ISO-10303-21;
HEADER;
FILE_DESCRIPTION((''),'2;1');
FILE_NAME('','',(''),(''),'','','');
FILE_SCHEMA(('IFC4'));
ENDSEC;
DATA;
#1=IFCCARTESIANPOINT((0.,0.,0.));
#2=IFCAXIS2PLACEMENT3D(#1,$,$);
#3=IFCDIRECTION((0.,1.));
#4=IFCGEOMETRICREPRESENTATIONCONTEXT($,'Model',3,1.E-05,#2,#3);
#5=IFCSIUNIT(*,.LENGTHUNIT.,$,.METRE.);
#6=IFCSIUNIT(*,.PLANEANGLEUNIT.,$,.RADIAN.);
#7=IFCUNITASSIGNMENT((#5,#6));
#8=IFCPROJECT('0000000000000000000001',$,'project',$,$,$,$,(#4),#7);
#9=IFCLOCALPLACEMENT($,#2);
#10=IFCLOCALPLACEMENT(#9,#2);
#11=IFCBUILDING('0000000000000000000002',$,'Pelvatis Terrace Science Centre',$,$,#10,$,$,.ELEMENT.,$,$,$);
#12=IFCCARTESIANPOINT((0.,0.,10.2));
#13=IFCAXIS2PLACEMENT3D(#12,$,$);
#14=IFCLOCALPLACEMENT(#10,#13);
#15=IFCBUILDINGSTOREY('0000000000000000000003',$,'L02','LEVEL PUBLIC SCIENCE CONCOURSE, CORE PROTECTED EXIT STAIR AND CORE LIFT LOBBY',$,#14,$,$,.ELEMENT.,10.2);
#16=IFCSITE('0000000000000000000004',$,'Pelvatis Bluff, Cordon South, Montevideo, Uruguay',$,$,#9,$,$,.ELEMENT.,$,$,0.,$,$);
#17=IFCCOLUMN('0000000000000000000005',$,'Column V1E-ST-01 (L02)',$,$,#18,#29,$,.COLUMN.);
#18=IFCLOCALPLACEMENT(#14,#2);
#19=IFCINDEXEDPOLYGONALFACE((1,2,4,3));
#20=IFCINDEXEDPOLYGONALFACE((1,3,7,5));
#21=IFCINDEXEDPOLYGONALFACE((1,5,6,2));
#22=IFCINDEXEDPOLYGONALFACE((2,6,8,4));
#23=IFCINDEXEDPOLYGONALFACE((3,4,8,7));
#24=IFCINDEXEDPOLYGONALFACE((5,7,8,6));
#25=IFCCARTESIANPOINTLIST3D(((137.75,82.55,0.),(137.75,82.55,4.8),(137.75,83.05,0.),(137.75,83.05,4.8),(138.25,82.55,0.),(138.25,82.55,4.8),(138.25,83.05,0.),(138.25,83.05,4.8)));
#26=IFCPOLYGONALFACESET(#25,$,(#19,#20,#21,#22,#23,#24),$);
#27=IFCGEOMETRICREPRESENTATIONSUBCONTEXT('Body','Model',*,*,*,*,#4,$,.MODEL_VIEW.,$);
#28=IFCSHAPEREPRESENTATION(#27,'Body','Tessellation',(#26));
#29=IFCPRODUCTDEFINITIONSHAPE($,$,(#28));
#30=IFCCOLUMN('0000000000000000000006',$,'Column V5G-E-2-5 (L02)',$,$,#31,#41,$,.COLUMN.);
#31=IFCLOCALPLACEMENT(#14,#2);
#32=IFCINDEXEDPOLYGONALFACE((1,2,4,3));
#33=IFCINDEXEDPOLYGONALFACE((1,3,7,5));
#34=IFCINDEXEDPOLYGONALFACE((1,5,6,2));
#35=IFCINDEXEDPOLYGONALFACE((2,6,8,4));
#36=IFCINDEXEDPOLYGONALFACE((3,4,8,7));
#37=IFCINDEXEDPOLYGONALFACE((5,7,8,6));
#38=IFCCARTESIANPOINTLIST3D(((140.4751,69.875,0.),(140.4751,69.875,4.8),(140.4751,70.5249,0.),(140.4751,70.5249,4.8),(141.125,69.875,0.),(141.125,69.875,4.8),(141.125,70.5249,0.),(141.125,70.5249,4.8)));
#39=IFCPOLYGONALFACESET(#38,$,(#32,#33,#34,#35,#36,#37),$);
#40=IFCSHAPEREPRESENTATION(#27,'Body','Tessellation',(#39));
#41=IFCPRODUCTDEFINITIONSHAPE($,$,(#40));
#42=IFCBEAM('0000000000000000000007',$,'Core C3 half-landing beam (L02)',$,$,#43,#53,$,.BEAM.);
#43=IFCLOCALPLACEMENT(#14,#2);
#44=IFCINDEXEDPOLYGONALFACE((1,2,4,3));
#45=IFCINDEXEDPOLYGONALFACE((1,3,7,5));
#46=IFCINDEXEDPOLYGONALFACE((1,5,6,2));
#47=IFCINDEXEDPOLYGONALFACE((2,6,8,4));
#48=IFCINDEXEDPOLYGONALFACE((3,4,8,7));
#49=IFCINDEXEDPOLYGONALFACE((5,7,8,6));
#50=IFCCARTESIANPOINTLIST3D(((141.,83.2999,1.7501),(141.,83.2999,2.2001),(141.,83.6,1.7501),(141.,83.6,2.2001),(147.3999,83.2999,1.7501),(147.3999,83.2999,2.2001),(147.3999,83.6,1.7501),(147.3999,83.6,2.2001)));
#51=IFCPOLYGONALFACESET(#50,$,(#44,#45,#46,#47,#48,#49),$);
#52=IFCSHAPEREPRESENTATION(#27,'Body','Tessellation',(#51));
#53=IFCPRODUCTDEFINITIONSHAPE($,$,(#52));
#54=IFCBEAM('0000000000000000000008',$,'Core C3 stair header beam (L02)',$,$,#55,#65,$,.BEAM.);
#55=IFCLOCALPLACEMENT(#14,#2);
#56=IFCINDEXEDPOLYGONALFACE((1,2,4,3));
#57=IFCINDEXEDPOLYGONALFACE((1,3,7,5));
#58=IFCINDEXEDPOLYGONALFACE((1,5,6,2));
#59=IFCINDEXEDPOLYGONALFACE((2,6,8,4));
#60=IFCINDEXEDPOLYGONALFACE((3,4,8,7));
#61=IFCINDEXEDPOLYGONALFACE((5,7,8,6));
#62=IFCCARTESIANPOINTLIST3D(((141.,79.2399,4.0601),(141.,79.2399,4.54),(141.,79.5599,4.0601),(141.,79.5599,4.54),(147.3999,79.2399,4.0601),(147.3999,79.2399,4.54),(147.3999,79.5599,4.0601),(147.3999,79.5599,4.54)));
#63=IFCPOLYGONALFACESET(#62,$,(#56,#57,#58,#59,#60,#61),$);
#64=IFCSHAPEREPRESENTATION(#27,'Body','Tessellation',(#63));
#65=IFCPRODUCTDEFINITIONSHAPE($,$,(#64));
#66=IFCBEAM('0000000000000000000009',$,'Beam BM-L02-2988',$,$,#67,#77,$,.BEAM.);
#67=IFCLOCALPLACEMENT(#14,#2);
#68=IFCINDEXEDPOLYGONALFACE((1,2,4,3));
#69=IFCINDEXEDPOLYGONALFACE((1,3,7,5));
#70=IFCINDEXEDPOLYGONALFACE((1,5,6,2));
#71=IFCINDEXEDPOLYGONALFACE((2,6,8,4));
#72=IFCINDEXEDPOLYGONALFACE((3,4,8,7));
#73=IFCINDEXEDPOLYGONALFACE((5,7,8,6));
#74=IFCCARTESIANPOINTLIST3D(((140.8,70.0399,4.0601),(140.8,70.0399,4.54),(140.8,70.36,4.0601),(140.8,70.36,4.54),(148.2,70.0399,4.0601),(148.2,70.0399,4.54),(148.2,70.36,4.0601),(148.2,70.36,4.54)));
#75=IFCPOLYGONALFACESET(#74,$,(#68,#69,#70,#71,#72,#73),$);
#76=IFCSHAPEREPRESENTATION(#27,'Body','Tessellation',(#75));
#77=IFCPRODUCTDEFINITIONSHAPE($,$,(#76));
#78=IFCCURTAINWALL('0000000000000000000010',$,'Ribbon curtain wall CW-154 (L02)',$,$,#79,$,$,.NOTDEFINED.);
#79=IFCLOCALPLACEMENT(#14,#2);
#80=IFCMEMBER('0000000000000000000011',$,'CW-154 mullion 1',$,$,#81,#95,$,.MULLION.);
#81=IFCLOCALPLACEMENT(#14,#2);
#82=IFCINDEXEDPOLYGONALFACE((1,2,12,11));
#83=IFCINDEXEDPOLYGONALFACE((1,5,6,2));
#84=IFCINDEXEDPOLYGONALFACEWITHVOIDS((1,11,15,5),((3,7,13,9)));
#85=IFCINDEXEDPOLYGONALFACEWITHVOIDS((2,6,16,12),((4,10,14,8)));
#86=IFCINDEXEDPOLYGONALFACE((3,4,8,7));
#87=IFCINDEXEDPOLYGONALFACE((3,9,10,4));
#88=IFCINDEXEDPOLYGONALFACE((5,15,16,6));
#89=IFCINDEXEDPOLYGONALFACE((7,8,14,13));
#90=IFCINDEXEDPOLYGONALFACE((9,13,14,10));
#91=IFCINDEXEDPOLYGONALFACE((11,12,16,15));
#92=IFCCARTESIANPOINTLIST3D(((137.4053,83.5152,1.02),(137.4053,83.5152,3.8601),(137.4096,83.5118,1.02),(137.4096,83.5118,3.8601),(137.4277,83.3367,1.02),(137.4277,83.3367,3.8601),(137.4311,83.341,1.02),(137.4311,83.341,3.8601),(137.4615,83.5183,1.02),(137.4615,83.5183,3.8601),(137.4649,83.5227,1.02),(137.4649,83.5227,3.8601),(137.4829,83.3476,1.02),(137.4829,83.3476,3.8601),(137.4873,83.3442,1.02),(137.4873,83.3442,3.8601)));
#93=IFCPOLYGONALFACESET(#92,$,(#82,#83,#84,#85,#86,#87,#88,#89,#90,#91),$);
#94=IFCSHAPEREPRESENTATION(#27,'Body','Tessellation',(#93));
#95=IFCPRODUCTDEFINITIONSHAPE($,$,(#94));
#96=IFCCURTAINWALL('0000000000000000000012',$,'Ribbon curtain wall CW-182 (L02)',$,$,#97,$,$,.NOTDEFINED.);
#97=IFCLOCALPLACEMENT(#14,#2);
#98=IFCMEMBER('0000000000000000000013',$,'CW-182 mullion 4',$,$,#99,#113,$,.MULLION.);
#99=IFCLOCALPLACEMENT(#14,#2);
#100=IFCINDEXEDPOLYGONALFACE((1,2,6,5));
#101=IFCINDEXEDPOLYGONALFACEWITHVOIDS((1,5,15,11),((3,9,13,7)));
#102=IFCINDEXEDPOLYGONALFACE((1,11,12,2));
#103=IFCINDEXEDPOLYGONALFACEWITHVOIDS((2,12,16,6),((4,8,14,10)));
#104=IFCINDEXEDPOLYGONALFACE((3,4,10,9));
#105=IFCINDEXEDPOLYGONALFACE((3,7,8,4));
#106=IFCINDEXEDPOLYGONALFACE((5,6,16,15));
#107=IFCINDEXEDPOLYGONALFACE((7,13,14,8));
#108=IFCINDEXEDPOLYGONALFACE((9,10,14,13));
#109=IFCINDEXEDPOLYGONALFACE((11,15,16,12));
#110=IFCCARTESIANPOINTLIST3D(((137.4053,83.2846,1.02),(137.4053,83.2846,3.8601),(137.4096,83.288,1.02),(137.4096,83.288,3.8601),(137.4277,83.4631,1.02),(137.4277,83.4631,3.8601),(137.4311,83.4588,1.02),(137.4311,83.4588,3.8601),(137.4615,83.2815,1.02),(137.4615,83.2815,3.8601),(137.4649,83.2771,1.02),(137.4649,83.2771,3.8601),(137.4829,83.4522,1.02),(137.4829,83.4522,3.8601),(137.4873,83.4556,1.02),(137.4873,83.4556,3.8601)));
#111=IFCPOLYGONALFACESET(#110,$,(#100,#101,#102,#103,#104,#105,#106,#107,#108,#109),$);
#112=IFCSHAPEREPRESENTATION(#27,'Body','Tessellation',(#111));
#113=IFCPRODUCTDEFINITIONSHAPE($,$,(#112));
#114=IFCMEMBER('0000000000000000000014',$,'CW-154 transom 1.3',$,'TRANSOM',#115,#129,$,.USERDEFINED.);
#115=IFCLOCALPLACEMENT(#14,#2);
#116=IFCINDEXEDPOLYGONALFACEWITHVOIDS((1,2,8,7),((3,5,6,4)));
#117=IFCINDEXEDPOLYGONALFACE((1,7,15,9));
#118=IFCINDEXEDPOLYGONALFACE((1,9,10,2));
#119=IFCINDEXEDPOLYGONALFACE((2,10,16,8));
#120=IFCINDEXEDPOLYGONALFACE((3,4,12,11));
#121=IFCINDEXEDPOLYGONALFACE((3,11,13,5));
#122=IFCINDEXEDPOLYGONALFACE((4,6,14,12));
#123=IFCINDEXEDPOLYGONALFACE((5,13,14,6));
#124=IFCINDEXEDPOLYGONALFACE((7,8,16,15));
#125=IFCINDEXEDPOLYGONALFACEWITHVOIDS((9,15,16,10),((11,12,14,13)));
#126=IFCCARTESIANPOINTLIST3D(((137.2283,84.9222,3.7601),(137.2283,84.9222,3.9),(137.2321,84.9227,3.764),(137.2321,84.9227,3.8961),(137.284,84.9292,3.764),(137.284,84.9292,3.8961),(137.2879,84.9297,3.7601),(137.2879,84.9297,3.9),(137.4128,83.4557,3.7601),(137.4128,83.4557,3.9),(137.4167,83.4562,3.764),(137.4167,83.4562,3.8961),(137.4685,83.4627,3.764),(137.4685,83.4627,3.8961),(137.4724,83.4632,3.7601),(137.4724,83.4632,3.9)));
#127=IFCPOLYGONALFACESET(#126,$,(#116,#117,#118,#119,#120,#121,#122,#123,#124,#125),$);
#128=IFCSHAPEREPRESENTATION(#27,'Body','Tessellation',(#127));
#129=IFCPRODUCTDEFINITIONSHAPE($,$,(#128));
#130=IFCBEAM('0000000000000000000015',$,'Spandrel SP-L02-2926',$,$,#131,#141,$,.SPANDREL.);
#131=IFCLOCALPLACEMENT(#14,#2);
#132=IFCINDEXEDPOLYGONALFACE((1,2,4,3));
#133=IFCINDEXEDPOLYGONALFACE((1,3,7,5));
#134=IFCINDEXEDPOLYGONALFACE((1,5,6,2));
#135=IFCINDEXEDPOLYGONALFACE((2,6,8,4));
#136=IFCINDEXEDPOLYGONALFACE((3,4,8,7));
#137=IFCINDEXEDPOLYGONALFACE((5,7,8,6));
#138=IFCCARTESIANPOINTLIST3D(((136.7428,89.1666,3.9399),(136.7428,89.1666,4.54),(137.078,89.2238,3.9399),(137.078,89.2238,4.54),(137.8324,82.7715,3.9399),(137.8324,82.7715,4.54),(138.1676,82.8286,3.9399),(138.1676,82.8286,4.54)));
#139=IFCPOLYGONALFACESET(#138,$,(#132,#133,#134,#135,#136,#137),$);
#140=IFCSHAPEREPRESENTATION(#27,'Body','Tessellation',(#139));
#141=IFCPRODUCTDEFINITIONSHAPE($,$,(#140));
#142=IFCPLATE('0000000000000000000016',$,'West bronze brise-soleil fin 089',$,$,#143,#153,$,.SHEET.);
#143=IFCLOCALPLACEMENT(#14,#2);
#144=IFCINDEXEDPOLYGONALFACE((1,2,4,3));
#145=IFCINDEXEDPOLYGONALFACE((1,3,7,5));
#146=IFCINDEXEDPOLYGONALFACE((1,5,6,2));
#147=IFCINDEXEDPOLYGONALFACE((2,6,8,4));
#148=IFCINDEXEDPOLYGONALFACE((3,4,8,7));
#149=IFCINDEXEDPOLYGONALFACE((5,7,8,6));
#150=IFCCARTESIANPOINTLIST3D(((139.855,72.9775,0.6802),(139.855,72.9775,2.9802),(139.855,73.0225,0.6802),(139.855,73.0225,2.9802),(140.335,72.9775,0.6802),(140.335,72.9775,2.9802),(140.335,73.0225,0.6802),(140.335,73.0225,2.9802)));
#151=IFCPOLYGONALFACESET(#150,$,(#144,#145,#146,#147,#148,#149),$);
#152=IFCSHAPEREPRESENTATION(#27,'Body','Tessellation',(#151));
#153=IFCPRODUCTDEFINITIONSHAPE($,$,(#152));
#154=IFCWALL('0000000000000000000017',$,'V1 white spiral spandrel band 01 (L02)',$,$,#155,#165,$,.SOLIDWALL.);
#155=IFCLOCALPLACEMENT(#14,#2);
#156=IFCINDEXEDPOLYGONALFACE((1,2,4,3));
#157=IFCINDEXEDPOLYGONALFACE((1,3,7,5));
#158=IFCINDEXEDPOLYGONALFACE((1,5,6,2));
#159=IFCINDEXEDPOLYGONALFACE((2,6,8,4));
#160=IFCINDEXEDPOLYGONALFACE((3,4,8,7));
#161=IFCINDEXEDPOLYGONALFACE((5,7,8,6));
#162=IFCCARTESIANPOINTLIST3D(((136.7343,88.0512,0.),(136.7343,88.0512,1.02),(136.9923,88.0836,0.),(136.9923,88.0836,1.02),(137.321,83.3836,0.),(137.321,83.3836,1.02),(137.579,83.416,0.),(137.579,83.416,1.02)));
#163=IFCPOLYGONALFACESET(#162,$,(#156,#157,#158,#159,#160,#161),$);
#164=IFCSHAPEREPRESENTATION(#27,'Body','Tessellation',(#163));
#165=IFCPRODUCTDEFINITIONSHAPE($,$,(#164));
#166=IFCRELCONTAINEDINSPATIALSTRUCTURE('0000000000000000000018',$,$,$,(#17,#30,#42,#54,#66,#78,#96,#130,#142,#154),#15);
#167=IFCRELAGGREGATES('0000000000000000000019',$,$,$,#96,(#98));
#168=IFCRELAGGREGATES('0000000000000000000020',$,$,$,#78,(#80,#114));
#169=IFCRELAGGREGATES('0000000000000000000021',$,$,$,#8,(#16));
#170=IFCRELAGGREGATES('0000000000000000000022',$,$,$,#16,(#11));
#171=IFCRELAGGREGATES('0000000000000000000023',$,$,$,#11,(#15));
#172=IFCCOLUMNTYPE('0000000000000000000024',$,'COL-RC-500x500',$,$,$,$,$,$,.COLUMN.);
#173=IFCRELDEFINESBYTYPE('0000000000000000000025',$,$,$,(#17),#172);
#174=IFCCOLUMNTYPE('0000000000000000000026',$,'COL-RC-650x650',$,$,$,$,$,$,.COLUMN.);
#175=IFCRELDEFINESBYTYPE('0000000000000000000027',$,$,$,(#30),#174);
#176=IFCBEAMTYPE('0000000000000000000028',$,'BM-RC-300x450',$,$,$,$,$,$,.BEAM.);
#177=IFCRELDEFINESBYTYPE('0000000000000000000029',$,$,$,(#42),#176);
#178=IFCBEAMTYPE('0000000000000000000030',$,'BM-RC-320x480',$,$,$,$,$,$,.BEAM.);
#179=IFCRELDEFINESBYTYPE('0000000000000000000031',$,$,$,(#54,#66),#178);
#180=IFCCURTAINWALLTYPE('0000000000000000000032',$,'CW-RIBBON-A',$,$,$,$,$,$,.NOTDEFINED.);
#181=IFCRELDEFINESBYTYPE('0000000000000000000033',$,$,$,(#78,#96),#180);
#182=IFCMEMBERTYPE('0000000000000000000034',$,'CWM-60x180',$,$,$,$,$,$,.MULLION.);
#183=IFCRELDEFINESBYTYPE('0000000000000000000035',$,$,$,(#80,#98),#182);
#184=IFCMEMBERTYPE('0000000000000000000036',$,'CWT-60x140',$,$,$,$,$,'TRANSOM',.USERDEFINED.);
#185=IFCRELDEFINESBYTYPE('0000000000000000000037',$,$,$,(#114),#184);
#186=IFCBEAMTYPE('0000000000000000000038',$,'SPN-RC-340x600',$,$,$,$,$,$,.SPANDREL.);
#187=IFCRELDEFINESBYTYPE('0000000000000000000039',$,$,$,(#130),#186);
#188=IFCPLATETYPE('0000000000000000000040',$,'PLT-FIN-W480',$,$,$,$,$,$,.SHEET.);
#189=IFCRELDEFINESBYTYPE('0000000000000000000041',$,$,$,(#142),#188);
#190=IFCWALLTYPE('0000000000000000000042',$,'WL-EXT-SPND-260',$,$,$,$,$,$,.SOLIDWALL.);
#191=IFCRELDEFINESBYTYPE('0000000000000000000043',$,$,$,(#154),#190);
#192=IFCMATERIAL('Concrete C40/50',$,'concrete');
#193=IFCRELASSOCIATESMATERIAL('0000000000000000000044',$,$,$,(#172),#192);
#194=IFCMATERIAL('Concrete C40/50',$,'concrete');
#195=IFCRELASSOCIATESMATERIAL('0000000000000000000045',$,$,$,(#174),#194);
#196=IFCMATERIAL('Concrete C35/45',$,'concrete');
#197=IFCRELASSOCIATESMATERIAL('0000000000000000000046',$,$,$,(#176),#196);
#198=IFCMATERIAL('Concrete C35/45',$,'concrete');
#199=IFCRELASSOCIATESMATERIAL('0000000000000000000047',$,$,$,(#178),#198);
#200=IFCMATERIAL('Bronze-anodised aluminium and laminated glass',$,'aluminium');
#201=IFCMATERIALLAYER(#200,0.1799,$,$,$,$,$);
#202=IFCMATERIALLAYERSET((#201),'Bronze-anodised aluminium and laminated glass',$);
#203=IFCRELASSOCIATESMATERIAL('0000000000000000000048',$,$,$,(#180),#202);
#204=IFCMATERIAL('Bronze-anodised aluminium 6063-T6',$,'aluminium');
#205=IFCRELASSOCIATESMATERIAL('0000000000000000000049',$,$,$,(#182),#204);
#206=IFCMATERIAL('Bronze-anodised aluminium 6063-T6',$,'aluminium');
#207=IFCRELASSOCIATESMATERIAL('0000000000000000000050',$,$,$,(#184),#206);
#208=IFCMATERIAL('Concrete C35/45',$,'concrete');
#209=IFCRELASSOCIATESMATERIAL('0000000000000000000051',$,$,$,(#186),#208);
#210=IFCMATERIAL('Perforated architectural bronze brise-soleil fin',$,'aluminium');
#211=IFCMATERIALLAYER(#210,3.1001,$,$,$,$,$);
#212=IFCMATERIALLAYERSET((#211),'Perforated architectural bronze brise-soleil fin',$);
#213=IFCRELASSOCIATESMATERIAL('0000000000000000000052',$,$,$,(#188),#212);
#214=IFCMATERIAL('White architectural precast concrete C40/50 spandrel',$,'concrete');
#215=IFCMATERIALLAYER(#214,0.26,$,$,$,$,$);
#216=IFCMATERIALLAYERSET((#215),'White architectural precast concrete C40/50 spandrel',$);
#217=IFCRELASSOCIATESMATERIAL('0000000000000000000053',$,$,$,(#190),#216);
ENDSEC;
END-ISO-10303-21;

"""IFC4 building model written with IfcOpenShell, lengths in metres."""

from ifc_helpers import new_model, si_unit, direction, frame, frame_2d, origin, origin_2d, place, context, subcontext, project, spatial, rectangle, hollow_rectangle, extrude, material, layer, layer_set, material_profile, profile_set, type_object, element, aggregate, save


model = new_model("IFC4")

# Units and contexts
model_context = context("Model", 3, precision=1e-05, world=origin(), true_north=direction((0.0, 1.0)))
body_context = subcontext(model_context, "Body", "Model", "MODEL_VIEW")
ifc_project = project(units=[si_unit("LENGTHUNIT", "METRE"), si_unit("PLANEANGLEUNIT", "RADIAN")], contexts=[model_context])

# Site, building, storey
site_placement = place(None, origin())
site = spatial("IfcSite", under=ifc_project, at=site_placement, Name="Pelvatis Bluff, Cordon South, Montevideo, Uruguay", CompositionType="ELEMENT", RefElevation=0.0)
building_placement = place(site_placement, origin())
building = spatial("IfcBuilding", under=site, at=building_placement, Name="Pelvatis Terrace Science Centre", CompositionType="ELEMENT")
storey_placement = place(building_placement, frame((0.0, 0.0, 10.2)))
storey = spatial("IfcBuildingStorey", under=building, at=storey_placement, Name="L02", Description="LEVEL PUBLIC SCIENCE CONCOURSE, CORE PROTECTED EXIT STAIR AND CORE LIFT LOBBY", CompositionType="ELEMENT", Elevation=10.2)

# Columns
ifc_material_1 = material(Name="Concrete C40/50", Category="concrete")
ifc_material_profile_1 = material_profile(ifc_material_1, rectangle(XDim=0.5, YDim=0.5, at=origin_2d()), Name="RC-COL 500x500")
ifc_profile_set_1 = profile_set([ifc_material_profile_1], Name="Concrete C40/50")
column_type_1 = type_object("IfcColumnType", Name="COL-RC-500x500", PredefinedType="COLUMN", material=ifc_profile_set_1)
column_1_placement = place(storey_placement, frame((138.0, 82.8, 0.0), z_axis=(0.0, 0.0, 1.0), x_axis=(1.0, 0.0, 0.0)))
element("IfcColumn", 1, at=column_1_placement, inside=storey, type_object=column_type_1, Name="Column V1E-ST-01 (L02)", PredefinedType="COLUMN", context=body_context, shape_type="SweptSolid", body=[
    extrude(rectangle(XDim=0.5, YDim=0.5, at=origin_2d()), origin(), (0.0, 0.0, 1.0), 4.8),
])
ifc_material_2 = material(Name="Concrete C40/50", Category="concrete")
ifc_material_profile_2 = material_profile(ifc_material_2, rectangle(XDim=0.6499, YDim=0.6499, at=origin_2d()), Name="RC-COL 650x650")
ifc_profile_set_2 = profile_set([ifc_material_profile_2], Name="Concrete C40/50")
column_type_2 = type_object("IfcColumnType", Name="COL-RC-650x650", PredefinedType="COLUMN", material=ifc_profile_set_2)
column_2_placement = place(storey_placement, frame((140.8, 70.2, 0.0), z_axis=(0.0, 0.0, 1.0), x_axis=(1.0, 0.0, 0.0)))
element("IfcColumn", 2, at=column_2_placement, inside=storey, type_object=column_type_2, Name="Column V5G-E-2-5 (L02)", PredefinedType="COLUMN", context=body_context, shape_type="SweptSolid", body=[
    extrude(rectangle(XDim=0.6499, YDim=0.6499, at=origin_2d()), origin(), (0.0, 0.0, 1.0), 4.8),
])

# Beams
ifc_material_3 = material(Name="Concrete C35/45", Category="concrete")
ifc_material_profile_3 = material_profile(ifc_material_3, rectangle(XDim=0.3, YDim=0.45, at=origin_2d()), Name="RC-BM 300x450")
ifc_profile_set_3 = profile_set([ifc_material_profile_3], Name="Concrete C35/45")
beam_type_1 = type_object("IfcBeamType", Name="BM-RC-300x450", PredefinedType="BEAM", material=ifc_profile_set_3)
beam_1_placement = place(storey_placement, frame((141.0, 83.45, 1.9751), z_axis=(1.0, 0.0, 0.0), x_axis=(0.0, 1.0, 0.0)))
element("IfcBeam", 3, at=beam_1_placement, inside=storey, type_object=beam_type_1, Name="Core C3 half-landing beam (L02)", PredefinedType="BEAM", context=body_context, shape_type="SweptSolid", body=[
    extrude(rectangle(XDim=0.3, YDim=0.45, at=origin_2d()), origin(), (0.0, 0.0, 1.0), 6.3999),
])
ifc_material_4 = material(Name="Concrete C35/45", Category="concrete")
ifc_material_profile_4 = material_profile(ifc_material_4, rectangle(XDim=0.3201, YDim=0.48, at=origin_2d()), Name="RC-BM 320x480")
ifc_profile_set_4 = profile_set([ifc_material_profile_4], Name="Concrete C35/45")
beam_type_2 = type_object("IfcBeamType", Name="BM-RC-320x480", PredefinedType="BEAM", material=ifc_profile_set_4)
beam_2_placement = place(storey_placement, frame((141.0, 79.3999, 4.3), z_axis=(1.0, 0.0, 0.0), x_axis=(0.0, 1.0, 0.0)))
element("IfcBeam", 4, at=beam_2_placement, inside=storey, type_object=beam_type_2, Name="Core C3 stair header beam (L02)", PredefinedType="BEAM", context=body_context, shape_type="SweptSolid", body=[
    extrude(rectangle(XDim=0.3201, YDim=0.48, at=origin_2d()), origin(), (0.0, 0.0, 1.0), 6.3999),
])
beam_3_placement = place(storey_placement, frame((140.8, 70.2, 4.3), z_axis=(1.0, 0.0, 0.0), x_axis=(0.0, 1.0, 0.0)))
element("IfcBeam", 5, at=beam_3_placement, inside=storey, type_object=beam_type_2, Name="Beam BM-L02-2988", PredefinedType="BEAM", context=body_context, shape_type="SweptSolid", body=[
    extrude(rectangle(XDim=0.3201, YDim=0.48, at=origin_2d()), origin(), (0.0, 0.0, 1.0), 7.3999),
])

# Curtain walls, members
ifc_material_5 = material(Name="Bronze-anodised aluminium and laminated glass", Category="aluminium")
ifc_layer_1 = layer(ifc_material_5, 0.1799)
ifc_layer_set_1 = layer_set([ifc_layer_1], Name="Bronze-anodised aluminium and laminated glass")
curtain_wall_type = type_object("IfcCurtainWallType", Name="CW-RIBBON-A", PredefinedType="NOTDEFINED", material=ifc_layer_set_1)
curtain_wall_1_placement = place(storey_placement, origin())
curtain_wall_1 = element("IfcCurtainWall", 6, at=curtain_wall_1_placement, inside=storey, type_object=curtain_wall_type, Name="Ribbon curtain wall CW-154 (L02)", PredefinedType="NOTDEFINED")
ifc_material_6 = material(Name="Bronze-anodised aluminium 6063-T6", Category="aluminium")
ifc_material_profile_5 = material_profile(ifc_material_6, hollow_rectangle(XDim=0.0601, YDim=0.1799, WallThickness=0.0039, at=origin_2d()), Name="ALU-MUL 60x180")
ifc_profile_set_5 = profile_set([ifc_material_profile_5], Name="Bronze-anodised aluminium 6063-T6")
member_type_1 = type_object("IfcMemberType", Name="CWM-60x180", PredefinedType="MULLION", material=ifc_profile_set_5)
member_1_placement = place(storey_placement, frame((137.4463, 83.4297, 1.02), z_axis=(0.0, 0.0, 1.0), x_axis=(-0.992193, -0.124715, 0.0)))
member_1 = element("IfcMember", 7, at=member_1_placement, type_object=member_type_1, Name="CW-154 mullion 1", PredefinedType="MULLION", context=body_context, shape_type="SweptSolid", body=[
    extrude(hollow_rectangle(XDim=0.0601, YDim=0.1799, WallThickness=0.0039, at=origin_2d()), origin(), (0.0, 0.0, 1.0), 2.8401),
])
curtain_wall_2_placement = place(storey_placement, origin())
curtain_wall_2 = element("IfcCurtainWall", 8, at=curtain_wall_2_placement, inside=storey, type_object=curtain_wall_type, Name="Ribbon curtain wall CW-182 (L02)", PredefinedType="NOTDEFINED")
member_2_placement = place(storey_placement, frame((137.4463, 83.3701, 1.02), z_axis=(0.0, 0.0, 1.0), x_axis=(-0.992193, 0.124715, 0.0)))
member_2 = element("IfcMember", 9, at=member_2_placement, type_object=member_type_1, Name="CW-182 mullion 4", PredefinedType="MULLION", context=body_context, shape_type="SweptSolid", body=[
    extrude(hollow_rectangle(XDim=0.0601, YDim=0.1799, WallThickness=0.0039, at=origin_2d()), origin(), (0.0, 0.0, 1.0), 2.8401),
])
aggregate(curtain_wall_2, [member_2])

# Member
ifc_material_7 = material(Name="Bronze-anodised aluminium 6063-T6", Category="aluminium")
ifc_material_profile_6 = material_profile(ifc_material_7, hollow_rectangle(XDim=0.0601, YDim=0.1399, WallThickness=0.0039, at=origin_2d()), Name="ALU-TRN 60x140")
ifc_profile_set_6 = profile_set([ifc_material_profile_6], Name="Bronze-anodised aluminium 6063-T6")
member_type_2 = type_object("IfcMemberType", Name="CWT-60x140", ElementType="TRANSOM", PredefinedType="USERDEFINED", material=ifc_profile_set_6)
member_3_placement = place(storey_placement, frame((137.4426, 83.4595, 3.8301), z_axis=(-0.124868, 0.992173, 0.0), x_axis=(-0.992173, -0.124868, 0.0)))
member_3 = element("IfcMember", 10, at=member_3_placement, type_object=member_type_2, Name="CW-154 transom 1.3", ObjectType="TRANSOM", PredefinedType="USERDEFINED", context=body_context, shape_type="SweptSolid", body=[
    extrude(hollow_rectangle(XDim=0.0601, YDim=0.1399, WallThickness=0.0039, at=origin_2d()), origin(), (0.0, 0.0, 1.0), 1.478),
])
aggregate(curtain_wall_1, [member_1, member_3])

# Beam
ifc_material_8 = material(Name="Concrete C35/45", Category="concrete")
ifc_material_profile_7 = material_profile(ifc_material_8, rectangle(XDim=0.3401, YDim=0.6001, at=origin_2d()), Name="RC-SPN 340x600")
ifc_profile_set_7 = profile_set([ifc_material_profile_7], Name="Concrete C35/45")
beam_type_3 = type_object("IfcBeamType", Name="SPN-RC-340x600", PredefinedType="SPANDREL", material=ifc_profile_set_7)
beam_4_placement = place(storey_placement, frame((138.0, 82.8, 4.24), z_axis=(-0.167956, 0.985795, 0.0), x_axis=(-0.985795, -0.167956, 0.0)))
element("IfcBeam", 11, at=beam_4_placement, inside=storey, type_object=beam_type_3, Name="Spandrel SP-L02-2926", PredefinedType="SPANDREL", context=body_context, shape_type="SweptSolid", body=[
    extrude(rectangle(XDim=0.3401, YDim=0.6001, at=origin_2d()), origin(), (0.0, 0.0, 1.0), 6.4873),
])

# Plate
ifc_material_9 = material(Name="Perforated architectural bronze brise-soleil fin", Category="aluminium")
ifc_layer_2 = layer(ifc_material_9, 3.1001)
ifc_layer_set_2 = layer_set([ifc_layer_2], Name="Perforated architectural bronze brise-soleil fin")
plate_type = type_object("IfcPlateType", Name="PLT-FIN-W480", PredefinedType="SHEET", material=ifc_layer_set_2)
plate_placement = place(storey_placement, frame((140.095, 73.0, 0.6802), z_axis=(0.0, 0.0, 1.0), x_axis=(1.0, 0.0, 0.0)))
element("IfcPlate", 12, at=plate_placement, inside=storey, type_object=plate_type, Name="West bronze brise-soleil fin 089", PredefinedType="SHEET", context=body_context, shape_type="SweptSolid", body=[
    extrude(rectangle(XDim=0.48, YDim=0.0449, at=origin_2d()), origin(), (0.0, 0.0, 1.0), 2.3),
])

# Wall
ifc_material_10 = material(Name="White architectural precast concrete C40/50 spandrel", Category="concrete")
ifc_layer_3 = layer(ifc_material_10, 0.26)
ifc_layer_set_3 = layer_set([ifc_layer_3], Name="White architectural precast concrete C40/50 spandrel")
wall_type_1 = type_object("IfcWallType", Name="WL-EXT-SPND-260", PredefinedType="SOLIDWALL", material=ifc_layer_set_3)
wall_1_placement = place(storey_placement, frame((137.45, 83.3999, 0.0), z_axis=(0.0, 0.0, 1.0), x_axis=(-0.124705, 0.992194, 0.0)))
element("IfcWall", 13, at=wall_1_placement, inside=storey, type_object=wall_type_1, Name="V1 white spiral spandrel band 01 (L02)", PredefinedType="SOLIDWALL", context=body_context, shape_type="SweptSolid", body=[
    extrude(rectangle(XDim=4.7043, YDim=0.26, at=frame_2d((2.3521, 0.0))), origin(), (0.0, 0.0, 1.0), 1.02),
])

save(model, "model.ifc")
